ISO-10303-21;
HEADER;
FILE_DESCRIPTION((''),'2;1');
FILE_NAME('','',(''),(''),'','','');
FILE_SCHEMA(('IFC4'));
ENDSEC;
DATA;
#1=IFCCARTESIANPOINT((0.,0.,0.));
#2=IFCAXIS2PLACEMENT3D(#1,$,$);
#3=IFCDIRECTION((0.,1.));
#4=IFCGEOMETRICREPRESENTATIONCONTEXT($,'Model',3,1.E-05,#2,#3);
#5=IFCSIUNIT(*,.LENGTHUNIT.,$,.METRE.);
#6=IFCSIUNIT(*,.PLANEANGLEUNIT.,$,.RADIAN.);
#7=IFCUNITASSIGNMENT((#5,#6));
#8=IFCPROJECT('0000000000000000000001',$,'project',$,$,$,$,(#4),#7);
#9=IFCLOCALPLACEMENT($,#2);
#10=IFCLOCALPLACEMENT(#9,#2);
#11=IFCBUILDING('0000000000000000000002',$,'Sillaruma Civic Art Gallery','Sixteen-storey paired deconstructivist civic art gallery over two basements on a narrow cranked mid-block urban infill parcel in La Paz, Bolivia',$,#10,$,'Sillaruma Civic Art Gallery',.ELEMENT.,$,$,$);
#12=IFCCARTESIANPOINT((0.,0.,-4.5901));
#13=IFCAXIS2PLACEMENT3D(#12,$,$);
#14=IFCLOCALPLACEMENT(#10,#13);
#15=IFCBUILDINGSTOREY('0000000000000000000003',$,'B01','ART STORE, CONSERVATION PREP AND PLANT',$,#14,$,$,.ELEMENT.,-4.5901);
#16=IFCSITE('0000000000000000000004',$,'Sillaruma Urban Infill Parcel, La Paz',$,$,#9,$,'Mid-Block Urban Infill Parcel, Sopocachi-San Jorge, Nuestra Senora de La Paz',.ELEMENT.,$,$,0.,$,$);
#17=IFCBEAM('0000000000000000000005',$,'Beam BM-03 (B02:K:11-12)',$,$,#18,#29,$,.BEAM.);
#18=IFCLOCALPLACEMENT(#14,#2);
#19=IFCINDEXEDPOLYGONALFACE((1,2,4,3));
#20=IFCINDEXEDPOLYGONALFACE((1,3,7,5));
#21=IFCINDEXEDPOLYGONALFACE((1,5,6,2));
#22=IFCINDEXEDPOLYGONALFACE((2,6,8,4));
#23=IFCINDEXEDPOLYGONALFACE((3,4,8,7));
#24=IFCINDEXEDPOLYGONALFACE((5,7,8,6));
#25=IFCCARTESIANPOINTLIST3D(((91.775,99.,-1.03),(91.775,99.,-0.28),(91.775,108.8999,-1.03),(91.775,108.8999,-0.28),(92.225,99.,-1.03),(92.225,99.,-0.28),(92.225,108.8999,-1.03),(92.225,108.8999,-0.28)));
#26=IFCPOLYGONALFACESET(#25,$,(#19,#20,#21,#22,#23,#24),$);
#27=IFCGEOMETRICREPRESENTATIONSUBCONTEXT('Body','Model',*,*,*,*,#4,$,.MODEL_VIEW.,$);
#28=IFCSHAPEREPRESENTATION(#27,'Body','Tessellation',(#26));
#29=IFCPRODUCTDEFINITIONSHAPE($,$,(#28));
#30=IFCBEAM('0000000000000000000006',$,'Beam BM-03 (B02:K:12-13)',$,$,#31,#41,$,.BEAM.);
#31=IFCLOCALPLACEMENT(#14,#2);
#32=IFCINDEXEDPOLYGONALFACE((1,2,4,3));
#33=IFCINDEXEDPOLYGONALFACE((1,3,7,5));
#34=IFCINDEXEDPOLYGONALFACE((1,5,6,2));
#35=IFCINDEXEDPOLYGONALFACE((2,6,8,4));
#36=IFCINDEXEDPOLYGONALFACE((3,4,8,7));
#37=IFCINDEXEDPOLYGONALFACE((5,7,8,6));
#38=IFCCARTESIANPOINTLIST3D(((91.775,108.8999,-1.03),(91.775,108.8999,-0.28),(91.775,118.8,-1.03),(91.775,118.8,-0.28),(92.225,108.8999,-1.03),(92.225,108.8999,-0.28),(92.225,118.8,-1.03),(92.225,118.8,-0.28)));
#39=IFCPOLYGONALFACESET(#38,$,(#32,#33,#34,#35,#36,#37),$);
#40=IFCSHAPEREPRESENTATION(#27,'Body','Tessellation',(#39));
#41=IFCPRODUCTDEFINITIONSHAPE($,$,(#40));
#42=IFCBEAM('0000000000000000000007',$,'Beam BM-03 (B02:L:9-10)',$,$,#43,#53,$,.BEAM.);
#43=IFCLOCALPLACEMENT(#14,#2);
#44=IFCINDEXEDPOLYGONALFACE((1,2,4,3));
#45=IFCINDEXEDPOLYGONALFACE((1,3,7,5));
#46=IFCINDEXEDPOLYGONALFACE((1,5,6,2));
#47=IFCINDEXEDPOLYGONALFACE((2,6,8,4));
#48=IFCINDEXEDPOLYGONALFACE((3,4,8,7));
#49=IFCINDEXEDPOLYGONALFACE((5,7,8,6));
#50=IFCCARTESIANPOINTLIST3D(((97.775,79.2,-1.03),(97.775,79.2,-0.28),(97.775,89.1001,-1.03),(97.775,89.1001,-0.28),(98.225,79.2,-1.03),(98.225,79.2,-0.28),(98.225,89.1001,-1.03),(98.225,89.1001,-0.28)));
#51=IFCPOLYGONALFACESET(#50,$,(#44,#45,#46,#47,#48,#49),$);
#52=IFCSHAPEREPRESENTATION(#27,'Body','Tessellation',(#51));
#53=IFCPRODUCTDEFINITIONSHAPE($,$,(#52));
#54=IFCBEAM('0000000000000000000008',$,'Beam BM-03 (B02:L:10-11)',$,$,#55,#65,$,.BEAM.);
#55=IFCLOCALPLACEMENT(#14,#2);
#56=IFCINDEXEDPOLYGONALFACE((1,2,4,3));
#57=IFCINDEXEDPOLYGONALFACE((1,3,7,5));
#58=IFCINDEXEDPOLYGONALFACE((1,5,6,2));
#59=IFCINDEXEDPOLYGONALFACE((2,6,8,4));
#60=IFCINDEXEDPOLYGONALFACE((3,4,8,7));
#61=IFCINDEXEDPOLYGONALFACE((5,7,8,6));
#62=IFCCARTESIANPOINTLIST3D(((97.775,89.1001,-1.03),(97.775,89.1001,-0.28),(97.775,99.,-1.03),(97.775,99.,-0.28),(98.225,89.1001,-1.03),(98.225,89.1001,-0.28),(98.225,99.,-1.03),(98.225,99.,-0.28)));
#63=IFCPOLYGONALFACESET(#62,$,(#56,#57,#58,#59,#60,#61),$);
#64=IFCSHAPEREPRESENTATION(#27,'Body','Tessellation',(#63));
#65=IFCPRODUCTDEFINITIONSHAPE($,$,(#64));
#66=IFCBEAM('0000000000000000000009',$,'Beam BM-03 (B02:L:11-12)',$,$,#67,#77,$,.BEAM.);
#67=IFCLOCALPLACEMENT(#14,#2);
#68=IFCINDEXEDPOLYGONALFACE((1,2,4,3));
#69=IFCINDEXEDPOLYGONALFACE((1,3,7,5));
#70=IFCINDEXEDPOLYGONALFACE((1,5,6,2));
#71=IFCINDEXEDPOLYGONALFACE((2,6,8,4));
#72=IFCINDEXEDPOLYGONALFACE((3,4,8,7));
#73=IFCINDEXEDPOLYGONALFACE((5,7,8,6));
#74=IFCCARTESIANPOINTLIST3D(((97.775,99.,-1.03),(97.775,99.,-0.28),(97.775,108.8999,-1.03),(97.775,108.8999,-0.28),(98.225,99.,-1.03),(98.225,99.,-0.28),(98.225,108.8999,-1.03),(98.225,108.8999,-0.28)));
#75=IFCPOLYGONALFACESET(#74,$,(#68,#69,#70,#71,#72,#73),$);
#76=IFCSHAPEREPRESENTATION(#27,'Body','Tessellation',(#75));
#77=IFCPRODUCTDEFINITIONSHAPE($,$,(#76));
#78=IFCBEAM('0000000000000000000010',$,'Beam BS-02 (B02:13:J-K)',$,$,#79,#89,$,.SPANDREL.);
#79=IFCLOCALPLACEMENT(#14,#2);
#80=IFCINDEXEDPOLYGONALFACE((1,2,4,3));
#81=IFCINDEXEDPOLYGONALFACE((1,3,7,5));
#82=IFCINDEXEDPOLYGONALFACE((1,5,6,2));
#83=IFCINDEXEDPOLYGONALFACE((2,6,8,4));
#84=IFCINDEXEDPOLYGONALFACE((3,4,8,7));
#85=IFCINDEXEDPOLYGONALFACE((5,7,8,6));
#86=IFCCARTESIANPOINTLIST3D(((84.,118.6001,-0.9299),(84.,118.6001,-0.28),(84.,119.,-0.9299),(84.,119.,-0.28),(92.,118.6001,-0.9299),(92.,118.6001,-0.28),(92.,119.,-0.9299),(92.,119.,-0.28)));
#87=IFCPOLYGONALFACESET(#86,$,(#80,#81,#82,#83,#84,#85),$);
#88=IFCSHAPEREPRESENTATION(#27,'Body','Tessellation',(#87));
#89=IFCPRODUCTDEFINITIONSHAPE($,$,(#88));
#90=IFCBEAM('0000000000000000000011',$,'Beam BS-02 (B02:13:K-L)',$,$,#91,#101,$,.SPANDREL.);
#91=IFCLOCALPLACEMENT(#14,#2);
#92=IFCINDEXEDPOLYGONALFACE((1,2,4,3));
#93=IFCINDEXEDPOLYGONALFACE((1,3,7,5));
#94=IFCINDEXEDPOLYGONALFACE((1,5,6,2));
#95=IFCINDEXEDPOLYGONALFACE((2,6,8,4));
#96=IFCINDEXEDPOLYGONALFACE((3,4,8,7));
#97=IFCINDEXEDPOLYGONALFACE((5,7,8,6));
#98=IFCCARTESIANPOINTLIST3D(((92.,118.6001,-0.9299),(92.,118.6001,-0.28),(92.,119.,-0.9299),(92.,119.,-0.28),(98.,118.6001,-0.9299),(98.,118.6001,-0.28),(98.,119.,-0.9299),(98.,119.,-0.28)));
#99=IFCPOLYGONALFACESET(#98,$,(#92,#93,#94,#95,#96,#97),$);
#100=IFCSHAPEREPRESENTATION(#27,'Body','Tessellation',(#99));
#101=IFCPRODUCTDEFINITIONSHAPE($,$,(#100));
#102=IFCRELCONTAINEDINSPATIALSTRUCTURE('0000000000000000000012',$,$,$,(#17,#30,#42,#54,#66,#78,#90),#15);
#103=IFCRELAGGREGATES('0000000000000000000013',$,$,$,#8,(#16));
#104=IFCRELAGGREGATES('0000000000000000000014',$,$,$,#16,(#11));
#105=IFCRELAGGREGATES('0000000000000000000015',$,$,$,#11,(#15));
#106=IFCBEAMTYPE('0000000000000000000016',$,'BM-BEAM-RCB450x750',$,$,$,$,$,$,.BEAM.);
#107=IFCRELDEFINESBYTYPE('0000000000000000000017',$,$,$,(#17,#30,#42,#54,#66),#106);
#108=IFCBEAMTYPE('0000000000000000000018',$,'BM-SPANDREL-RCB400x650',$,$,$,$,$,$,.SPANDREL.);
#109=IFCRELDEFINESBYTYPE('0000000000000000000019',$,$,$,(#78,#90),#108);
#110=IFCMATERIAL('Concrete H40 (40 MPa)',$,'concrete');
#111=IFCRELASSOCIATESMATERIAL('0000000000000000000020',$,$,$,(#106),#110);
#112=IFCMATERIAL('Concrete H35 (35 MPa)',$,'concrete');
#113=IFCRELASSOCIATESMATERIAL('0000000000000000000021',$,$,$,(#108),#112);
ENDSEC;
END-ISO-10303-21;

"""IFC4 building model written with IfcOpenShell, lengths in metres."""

from ifc_helpers import new_model, si_unit, direction, frame, origin, origin_2d, place, context, subcontext, project, spatial, rectangle, extrude, material, material_profile, profile_set, type_object, element, save


model = new_model("IFC4")

# Units and contexts
model_context = context("Model", 3, precision=1e-05, world=origin(), true_north=direction((0.0, 1.0)))
body_context = subcontext(model_context, "Body", "Model", "MODEL_VIEW")
ifc_project = project(units=[si_unit("LENGTHUNIT", "METRE"), si_unit("PLANEANGLEUNIT", "RADIAN")], contexts=[model_context])

# Site, building, storey
site_placement = place(None, origin())
site = spatial("IfcSite", under=ifc_project, at=site_placement, Name="Sillaruma Urban Infill Parcel, La Paz", LongName="Mid-Block Urban Infill Parcel, Sopocachi-San Jorge, Nuestra Senora de La Paz", CompositionType="ELEMENT", RefElevation=0.0)
building_placement = place(site_placement, origin())
building = spatial("IfcBuilding", under=site, at=building_placement, Name="Sillaruma Civic Art Gallery", Description="Sixteen-storey paired deconstructivist civic art gallery over two basements on a narrow cranked mid-block urban infill parcel in La Paz, Bolivia", LongName="Sillaruma Civic Art Gallery", CompositionType="ELEMENT")
storey_placement = place(building_placement, frame((0.0, 0.0, -4.5901)))
storey = spatial("IfcBuildingStorey", under=building, at=storey_placement, Name="B01", Description="ART STORE, CONSERVATION PREP AND PLANT", CompositionType="ELEMENT", Elevation=-4.5901)

# Shared definitions
ifc_material_1 = material(Name="Concrete H40 (40 MPa)", Category="concrete")

# Beams
ifc_material_2 = material(Name="Concrete H35 (35 MPa)", Category="concrete")
ifc_material_profile_1 = material_profile(ifc_material_1, rectangle(XDim=0.45, YDim=0.75, at=origin_2d()), Name="RCB450x750")
ifc_profile_set_1 = profile_set([ifc_material_profile_1], Name="Concrete H40 (40 MPa)")
beam_type_1 = type_object("IfcBeamType", Name="BM-BEAM-RCB450x750", PredefinedType="BEAM", material=ifc_profile_set_1)
for number, where, z_axis, x_axis, name in (
    (1, (92.0, 99.0, -0.655), (0.0, 1.0, 0.0), (-1.0, 0.0, 0.0), "Beam BM-03 (B02:K:11-12)"),
):
    element("IfcBeam", number, at=place(storey_placement, frame(where, z_axis=z_axis, x_axis=x_axis)), inside=storey, type_object=beam_type_1, Name=name, PredefinedType="BEAM", context=body_context, shape_type="SweptSolid", body=[
        extrude(rectangle(XDim=0.45, YDim=0.75, at=origin_2d()), origin(), (0.0, 0.0, 1.0), 9.8999),
    ])
for number, where, z_axis, x_axis, name in (
    (2, (92.0, 108.8999, -0.655), (0.0, 1.0, 0.0), (-1.0, 0.0, 0.0), "Beam BM-03 (B02:K:12-13)"),
    (3, (98.0, 79.2, -0.655), (0.0, 1.0, 0.0), (-1.0, 0.0, 0.0), "Beam BM-03 (B02:L:9-10)"),
):
    element("IfcBeam", number, at=place(storey_placement, frame(where, z_axis=z_axis, x_axis=x_axis)), inside=storey, type_object=beam_type_1, Name=name, PredefinedType="BEAM", context=body_context, shape_type="SweptSolid", body=[
        extrude(rectangle(XDim=0.45, YDim=0.75, at=origin_2d()), origin(), (0.0, 0.0, 1.0), 9.9001),
    ])
for number, where, z_axis, x_axis, name in (
    (4, (98.0, 89.1001, -0.655), (0.0, 1.0, 0.0), (-1.0, 0.0, 0.0), "Beam BM-03 (B02:L:10-11)"),
    (5, (98.0, 99.0, -0.655), (0.0, 1.0, 0.0), (-1.0, 0.0, 0.0), "Beam BM-03 (B02:L:11-12)"),
):
    element("IfcBeam", number, at=place(storey_placement, frame(where, z_axis=z_axis, x_axis=x_axis)), inside=storey, type_object=beam_type_1, Name=name, PredefinedType="BEAM", context=body_context, shape_type="SweptSolid", body=[
        extrude(rectangle(XDim=0.45, YDim=0.75, at=origin_2d()), origin(), (0.0, 0.0, 1.0), 9.8999),
    ])
ifc_material_profile_2 = material_profile(ifc_material_2, rectangle(XDim=0.3999, YDim=0.6499, at=origin_2d()), Name="RCB400x650")
ifc_profile_set_2 = profile_set([ifc_material_profile_2], Name="Concrete H35 (35 MPa)")
beam_type_2 = type_object("IfcBeamType", Name="BM-SPANDREL-RCB400x650", PredefinedType="SPANDREL", material=ifc_profile_set_2)
beam_1_placement = place(storey_placement, frame((84.0, 118.8, -0.605), z_axis=(1.0, 0.0, 0.0), x_axis=(0.0, 1.0, 0.0)))
element("IfcBeam", 6, at=beam_1_placement, inside=storey, type_object=beam_type_2, Name="Beam BS-02 (B02:13:J-K)", PredefinedType="SPANDREL", context=body_context, shape_type="SweptSolid", body=[
    extrude(rectangle(XDim=0.3999, YDim=0.6499, at=origin_2d()), origin(), (0.0, 0.0, 1.0), 8.0),
])
beam_2_placement = place(storey_placement, frame((92.0, 118.8, -0.605), z_axis=(1.0, 0.0, 0.0), x_axis=(0.0, 1.0, 0.0)))
element("IfcBeam", 7, at=beam_2_placement, inside=storey, type_object=beam_type_2, Name="Beam BS-02 (B02:13:K-L)", PredefinedType="SPANDREL", context=body_context, shape_type="SweptSolid", body=[
    extrude(rectangle(XDim=0.3999, YDim=0.6499, at=origin_2d()), origin(), (0.0, 0.0, 1.0), 6.0),
])

save(model, "model.ifc")
